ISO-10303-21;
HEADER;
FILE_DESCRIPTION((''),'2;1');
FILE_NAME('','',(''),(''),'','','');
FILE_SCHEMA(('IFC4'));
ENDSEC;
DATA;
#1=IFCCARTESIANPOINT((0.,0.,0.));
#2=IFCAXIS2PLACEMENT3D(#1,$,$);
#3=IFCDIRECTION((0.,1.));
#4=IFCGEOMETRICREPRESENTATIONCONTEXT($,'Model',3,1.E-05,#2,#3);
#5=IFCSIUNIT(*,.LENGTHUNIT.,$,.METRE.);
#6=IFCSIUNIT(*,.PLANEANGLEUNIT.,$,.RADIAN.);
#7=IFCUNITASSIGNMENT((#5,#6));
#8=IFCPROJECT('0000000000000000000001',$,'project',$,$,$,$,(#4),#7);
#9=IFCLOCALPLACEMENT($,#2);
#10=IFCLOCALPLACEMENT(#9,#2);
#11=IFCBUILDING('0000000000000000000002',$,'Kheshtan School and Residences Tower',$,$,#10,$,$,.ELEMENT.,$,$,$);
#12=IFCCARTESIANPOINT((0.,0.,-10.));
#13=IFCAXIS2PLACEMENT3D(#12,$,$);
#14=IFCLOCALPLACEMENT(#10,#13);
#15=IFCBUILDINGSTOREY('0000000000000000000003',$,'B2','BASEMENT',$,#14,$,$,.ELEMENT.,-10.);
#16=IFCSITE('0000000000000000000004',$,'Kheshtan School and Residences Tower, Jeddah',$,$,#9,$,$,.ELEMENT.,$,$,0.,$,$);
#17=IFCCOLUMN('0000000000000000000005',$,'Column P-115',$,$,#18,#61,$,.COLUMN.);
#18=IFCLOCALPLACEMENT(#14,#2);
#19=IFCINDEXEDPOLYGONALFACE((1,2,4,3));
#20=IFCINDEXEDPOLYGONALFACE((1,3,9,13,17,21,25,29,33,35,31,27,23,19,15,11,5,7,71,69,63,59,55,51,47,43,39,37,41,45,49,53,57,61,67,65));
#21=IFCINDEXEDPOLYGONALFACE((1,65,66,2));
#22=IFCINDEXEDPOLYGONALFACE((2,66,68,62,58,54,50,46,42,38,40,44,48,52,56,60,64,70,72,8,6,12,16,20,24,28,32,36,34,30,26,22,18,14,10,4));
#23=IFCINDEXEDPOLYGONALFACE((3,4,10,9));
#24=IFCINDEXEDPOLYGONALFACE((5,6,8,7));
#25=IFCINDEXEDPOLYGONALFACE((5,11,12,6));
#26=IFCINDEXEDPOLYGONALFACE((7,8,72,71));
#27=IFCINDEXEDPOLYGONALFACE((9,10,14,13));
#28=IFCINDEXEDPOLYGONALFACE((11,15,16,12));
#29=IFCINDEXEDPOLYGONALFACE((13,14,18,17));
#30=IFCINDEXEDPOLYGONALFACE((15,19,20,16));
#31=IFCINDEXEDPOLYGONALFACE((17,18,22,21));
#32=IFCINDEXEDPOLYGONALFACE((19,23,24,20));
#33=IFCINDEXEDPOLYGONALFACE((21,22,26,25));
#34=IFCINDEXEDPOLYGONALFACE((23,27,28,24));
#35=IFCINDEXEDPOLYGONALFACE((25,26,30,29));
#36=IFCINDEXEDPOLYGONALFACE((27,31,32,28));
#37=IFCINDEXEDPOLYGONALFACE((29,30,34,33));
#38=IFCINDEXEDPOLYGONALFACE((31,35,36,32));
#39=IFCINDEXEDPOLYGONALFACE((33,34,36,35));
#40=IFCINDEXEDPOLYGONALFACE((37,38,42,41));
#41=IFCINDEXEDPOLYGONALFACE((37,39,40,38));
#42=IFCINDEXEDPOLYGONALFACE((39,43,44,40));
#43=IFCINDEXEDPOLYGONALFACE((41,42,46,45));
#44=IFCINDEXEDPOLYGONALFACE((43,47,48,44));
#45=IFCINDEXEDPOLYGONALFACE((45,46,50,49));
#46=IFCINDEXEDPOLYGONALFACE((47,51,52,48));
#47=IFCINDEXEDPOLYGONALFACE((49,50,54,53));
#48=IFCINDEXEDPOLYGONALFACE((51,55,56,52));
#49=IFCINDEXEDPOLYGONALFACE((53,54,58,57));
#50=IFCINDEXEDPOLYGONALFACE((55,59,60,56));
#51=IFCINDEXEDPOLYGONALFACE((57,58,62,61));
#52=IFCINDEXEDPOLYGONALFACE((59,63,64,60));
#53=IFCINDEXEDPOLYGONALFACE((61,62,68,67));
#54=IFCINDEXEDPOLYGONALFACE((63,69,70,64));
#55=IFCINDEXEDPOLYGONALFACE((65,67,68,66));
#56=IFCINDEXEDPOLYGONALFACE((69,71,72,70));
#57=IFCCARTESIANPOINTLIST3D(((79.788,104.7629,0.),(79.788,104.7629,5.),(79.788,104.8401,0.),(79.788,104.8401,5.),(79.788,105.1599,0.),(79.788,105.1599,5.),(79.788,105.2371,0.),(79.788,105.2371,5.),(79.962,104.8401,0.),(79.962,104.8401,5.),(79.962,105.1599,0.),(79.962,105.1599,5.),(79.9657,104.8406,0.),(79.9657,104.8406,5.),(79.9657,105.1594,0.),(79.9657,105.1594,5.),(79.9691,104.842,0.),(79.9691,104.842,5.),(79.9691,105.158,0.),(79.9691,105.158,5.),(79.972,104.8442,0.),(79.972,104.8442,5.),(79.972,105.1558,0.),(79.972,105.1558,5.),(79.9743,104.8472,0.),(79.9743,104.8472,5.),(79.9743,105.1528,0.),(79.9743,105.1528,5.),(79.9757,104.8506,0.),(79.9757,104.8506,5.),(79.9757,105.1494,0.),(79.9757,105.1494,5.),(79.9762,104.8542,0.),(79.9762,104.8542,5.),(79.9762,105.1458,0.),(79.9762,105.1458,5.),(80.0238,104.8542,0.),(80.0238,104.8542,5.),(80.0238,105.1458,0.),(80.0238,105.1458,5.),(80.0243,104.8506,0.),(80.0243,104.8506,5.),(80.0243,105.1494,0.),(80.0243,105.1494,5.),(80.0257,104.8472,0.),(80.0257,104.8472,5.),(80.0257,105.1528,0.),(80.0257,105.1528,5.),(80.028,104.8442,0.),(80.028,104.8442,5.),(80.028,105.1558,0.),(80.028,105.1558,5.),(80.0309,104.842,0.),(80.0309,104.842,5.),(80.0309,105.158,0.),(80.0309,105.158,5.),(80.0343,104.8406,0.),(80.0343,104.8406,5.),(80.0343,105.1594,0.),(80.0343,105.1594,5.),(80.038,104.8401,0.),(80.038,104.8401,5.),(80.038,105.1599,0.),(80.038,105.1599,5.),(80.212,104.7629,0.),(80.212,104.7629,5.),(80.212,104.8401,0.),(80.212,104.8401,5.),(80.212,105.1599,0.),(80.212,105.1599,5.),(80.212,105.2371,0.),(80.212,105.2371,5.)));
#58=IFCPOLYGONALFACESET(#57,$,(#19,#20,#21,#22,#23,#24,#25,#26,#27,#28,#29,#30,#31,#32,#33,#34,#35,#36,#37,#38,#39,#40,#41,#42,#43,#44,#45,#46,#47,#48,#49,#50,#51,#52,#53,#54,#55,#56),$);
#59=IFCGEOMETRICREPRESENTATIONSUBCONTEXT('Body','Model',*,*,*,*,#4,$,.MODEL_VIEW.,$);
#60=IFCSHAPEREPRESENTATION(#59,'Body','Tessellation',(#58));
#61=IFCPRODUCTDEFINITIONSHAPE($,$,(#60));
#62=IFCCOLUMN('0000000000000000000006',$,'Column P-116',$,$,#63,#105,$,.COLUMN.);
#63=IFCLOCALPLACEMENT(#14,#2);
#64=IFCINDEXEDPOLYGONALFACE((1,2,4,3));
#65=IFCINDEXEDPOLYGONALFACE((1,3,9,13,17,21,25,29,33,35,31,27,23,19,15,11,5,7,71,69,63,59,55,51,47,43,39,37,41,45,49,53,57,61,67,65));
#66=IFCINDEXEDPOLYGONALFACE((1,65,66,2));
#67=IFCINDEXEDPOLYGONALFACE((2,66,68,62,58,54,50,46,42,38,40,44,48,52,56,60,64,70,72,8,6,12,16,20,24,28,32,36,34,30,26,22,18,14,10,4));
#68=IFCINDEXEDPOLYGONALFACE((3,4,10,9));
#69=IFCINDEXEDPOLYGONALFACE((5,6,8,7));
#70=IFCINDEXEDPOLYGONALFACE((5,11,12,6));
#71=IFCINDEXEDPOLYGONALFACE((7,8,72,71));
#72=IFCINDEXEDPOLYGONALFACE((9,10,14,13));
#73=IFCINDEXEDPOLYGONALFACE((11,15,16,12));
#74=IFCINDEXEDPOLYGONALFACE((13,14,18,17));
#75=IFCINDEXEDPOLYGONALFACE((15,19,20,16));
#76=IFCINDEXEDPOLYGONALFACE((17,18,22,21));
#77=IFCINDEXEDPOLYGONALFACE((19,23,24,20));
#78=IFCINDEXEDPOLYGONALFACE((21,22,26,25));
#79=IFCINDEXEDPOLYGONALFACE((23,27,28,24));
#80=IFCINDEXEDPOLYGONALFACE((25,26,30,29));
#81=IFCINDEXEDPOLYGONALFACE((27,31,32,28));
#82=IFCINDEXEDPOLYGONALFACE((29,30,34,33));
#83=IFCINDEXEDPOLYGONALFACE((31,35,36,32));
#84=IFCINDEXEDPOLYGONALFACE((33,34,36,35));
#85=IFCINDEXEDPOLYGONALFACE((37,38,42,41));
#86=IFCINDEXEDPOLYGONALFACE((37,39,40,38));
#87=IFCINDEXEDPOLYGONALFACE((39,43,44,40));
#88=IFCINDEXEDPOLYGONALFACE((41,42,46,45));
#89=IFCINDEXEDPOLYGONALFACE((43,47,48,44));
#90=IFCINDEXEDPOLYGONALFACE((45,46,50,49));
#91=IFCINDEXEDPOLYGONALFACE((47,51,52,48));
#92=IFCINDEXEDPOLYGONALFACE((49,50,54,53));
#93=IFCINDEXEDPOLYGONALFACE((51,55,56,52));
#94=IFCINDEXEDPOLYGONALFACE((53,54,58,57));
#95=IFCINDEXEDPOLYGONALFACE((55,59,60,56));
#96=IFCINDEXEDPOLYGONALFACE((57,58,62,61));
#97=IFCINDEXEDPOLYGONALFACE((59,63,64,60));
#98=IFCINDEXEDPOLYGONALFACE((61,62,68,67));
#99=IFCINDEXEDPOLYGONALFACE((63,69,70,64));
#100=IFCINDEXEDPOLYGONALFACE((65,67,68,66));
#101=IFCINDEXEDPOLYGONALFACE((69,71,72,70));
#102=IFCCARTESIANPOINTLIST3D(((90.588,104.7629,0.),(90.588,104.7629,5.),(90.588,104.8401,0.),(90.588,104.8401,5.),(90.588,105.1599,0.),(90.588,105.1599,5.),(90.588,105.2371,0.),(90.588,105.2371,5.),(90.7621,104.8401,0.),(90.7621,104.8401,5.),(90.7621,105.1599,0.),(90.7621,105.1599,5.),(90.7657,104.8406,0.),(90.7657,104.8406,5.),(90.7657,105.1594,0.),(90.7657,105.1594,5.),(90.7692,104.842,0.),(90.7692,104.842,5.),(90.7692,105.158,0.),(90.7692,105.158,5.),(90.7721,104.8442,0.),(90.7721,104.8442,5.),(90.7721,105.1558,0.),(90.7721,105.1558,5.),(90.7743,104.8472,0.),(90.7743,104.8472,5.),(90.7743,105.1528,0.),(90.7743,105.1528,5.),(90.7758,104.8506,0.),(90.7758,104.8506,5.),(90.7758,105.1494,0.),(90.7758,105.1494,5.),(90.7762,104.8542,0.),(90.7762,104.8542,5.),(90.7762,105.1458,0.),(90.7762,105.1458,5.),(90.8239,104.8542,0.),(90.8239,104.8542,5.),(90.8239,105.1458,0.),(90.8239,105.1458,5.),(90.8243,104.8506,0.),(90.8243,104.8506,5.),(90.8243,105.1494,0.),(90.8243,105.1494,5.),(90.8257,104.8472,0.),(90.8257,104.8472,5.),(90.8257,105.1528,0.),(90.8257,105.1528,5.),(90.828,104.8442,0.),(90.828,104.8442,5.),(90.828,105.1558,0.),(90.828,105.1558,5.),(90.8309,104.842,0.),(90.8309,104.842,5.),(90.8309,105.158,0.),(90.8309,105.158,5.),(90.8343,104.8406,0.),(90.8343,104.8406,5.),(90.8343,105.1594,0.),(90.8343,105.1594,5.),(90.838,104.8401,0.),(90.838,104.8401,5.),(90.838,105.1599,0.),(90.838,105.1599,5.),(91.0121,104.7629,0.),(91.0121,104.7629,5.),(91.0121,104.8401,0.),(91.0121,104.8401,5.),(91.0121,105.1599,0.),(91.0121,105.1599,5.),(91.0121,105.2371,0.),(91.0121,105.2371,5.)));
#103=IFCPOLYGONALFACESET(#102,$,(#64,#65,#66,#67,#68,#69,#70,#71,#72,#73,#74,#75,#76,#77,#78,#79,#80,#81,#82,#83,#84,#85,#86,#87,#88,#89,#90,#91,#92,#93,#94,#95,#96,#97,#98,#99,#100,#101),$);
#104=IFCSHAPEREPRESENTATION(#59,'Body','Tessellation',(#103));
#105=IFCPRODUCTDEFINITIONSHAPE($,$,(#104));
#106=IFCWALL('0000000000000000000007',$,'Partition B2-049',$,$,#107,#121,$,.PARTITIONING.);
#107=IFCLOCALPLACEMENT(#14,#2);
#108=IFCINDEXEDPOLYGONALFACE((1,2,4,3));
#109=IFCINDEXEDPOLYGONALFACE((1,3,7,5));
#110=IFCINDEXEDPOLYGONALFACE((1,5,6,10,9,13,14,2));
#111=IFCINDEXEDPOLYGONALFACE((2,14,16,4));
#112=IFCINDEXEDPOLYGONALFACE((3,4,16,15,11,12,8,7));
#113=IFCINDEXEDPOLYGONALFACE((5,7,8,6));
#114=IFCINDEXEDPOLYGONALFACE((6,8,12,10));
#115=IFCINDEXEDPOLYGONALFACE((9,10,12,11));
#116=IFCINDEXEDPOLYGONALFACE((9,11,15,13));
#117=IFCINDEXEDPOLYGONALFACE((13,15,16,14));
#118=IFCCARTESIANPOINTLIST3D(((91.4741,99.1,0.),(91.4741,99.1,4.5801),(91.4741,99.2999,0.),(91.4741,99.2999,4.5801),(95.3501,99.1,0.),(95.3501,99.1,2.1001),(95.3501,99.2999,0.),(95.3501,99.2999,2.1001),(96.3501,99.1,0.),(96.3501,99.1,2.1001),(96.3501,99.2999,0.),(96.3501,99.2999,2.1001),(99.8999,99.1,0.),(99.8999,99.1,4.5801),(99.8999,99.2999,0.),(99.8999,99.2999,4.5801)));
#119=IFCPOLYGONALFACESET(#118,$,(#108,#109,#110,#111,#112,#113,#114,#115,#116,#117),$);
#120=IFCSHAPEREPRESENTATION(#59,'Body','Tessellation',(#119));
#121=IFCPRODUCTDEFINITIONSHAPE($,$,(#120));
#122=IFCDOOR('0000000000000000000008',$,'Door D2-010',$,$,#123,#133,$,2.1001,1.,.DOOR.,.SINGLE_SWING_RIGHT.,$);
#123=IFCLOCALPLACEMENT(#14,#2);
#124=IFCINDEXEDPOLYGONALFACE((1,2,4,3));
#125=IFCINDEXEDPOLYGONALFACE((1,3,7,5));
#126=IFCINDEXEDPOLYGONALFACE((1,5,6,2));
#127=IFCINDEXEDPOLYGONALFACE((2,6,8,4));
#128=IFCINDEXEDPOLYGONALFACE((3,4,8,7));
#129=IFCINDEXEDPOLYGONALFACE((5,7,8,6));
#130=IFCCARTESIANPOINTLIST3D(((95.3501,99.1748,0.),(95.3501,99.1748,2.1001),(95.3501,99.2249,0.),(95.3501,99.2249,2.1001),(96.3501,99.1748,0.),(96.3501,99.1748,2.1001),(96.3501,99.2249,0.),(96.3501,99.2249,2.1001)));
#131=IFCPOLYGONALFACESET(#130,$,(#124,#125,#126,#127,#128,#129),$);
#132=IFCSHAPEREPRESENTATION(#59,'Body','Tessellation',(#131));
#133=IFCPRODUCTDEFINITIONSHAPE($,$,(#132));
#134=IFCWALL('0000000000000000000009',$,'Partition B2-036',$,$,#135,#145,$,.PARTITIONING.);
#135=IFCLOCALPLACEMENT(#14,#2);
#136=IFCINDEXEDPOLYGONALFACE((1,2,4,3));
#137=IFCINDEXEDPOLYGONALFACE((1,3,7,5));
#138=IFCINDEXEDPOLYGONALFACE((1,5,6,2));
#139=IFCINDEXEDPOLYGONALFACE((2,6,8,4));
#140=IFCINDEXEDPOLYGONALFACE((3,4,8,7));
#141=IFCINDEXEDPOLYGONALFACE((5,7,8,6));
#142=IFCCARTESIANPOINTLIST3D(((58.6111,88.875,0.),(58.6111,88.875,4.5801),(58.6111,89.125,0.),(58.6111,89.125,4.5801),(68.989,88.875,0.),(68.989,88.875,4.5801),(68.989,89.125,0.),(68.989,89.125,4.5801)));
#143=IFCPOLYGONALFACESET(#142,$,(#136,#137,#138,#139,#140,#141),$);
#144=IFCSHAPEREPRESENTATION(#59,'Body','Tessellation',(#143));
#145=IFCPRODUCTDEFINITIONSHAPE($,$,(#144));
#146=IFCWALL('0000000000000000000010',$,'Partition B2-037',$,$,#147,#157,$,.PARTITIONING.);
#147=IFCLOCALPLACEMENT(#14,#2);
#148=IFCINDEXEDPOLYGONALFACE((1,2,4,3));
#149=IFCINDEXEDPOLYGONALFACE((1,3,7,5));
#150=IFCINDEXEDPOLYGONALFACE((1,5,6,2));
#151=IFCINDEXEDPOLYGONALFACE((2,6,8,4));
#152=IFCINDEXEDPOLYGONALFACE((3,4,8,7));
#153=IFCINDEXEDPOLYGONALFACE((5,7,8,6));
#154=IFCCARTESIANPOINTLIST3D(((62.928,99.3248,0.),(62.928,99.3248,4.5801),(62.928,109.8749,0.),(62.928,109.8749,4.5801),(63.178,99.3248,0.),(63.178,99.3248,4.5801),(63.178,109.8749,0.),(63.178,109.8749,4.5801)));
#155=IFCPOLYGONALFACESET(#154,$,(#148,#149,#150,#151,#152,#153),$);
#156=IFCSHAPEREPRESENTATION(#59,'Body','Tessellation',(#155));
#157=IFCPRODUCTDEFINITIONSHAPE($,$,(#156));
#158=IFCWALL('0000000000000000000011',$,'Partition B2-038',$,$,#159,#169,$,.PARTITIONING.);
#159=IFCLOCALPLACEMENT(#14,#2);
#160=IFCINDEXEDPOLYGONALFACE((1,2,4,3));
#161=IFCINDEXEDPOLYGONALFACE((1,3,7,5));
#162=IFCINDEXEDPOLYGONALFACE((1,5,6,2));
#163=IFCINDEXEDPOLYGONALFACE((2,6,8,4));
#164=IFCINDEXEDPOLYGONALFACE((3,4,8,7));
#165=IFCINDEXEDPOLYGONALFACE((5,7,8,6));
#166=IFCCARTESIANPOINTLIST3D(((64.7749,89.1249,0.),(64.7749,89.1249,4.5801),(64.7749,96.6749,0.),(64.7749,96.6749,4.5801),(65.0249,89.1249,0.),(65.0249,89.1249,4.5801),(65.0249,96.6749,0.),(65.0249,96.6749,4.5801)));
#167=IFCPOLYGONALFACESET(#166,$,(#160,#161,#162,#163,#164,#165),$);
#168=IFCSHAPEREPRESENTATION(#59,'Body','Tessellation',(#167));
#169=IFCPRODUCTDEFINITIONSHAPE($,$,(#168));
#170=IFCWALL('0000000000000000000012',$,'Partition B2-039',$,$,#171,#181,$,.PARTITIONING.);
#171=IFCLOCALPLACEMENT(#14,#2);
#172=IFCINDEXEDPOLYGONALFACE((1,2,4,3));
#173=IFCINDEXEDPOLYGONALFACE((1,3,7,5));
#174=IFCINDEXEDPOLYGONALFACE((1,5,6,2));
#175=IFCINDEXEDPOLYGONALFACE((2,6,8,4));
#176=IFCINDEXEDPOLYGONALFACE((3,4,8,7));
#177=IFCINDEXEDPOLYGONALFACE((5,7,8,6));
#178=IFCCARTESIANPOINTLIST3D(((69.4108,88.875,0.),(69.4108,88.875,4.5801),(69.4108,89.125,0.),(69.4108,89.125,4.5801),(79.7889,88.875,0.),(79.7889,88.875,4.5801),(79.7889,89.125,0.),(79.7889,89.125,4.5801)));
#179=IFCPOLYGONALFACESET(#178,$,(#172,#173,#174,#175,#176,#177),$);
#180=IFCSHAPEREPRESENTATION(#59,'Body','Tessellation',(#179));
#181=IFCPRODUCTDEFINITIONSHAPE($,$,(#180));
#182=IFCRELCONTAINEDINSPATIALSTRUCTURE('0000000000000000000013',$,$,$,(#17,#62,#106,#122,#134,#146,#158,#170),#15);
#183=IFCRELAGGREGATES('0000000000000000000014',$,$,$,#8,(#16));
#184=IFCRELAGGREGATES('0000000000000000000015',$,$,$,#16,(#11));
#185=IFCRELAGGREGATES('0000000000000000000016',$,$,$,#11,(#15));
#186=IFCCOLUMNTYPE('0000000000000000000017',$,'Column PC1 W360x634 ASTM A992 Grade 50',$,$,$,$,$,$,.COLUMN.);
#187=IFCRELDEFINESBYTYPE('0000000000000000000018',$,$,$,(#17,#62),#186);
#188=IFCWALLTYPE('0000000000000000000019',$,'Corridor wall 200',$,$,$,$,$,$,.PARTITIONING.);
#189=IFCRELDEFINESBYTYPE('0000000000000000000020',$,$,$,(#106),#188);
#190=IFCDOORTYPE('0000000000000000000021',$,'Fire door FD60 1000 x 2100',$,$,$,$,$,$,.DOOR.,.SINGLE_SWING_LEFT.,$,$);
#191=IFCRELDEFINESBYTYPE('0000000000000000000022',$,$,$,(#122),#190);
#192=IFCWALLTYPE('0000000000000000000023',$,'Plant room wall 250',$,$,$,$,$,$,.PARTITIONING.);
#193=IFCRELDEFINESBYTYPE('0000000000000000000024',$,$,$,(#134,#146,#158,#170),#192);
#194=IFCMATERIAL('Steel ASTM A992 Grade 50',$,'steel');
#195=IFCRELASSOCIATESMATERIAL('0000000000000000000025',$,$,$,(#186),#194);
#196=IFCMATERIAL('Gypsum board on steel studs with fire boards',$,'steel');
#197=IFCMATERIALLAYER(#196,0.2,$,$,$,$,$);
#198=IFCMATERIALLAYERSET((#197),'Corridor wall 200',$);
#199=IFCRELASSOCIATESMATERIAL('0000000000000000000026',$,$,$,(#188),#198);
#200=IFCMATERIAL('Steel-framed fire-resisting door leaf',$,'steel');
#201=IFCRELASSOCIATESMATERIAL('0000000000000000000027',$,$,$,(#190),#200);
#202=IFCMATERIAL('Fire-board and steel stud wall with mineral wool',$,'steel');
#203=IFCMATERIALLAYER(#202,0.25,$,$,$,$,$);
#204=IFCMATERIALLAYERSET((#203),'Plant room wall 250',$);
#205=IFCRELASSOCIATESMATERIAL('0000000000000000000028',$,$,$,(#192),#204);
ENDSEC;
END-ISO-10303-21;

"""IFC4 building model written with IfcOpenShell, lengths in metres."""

from ifc_helpers import new_model, si_unit, direction, frame, frame_2d, origin, origin_2d, place, context, subcontext, project, spatial, rectangle, i_section, extrude, source, transform, mapped, material, layer, layer_set, material_profile, profile_set, type_object, element, fill, save


model = new_model("IFC4")

# Units and contexts
model_context = context("Model", 3, precision=1e-05, world=origin(), true_north=direction((0.0, 1.0)))
body_context = subcontext(model_context, "Body", "Model", "MODEL_VIEW")
ifc_project = project(units=[si_unit("LENGTHUNIT", "METRE"), si_unit("PLANEANGLEUNIT", "RADIAN")], contexts=[model_context])

# Site, building, storey
site_placement = place(None, origin())
site = spatial("IfcSite", under=ifc_project, at=site_placement, Name="Kheshtan School and Residences Tower, Jeddah", CompositionType="ELEMENT", RefElevation=0.0)
building_placement = place(site_placement, origin())
building = spatial("IfcBuilding", under=site, at=building_placement, Name="Kheshtan School and Residences Tower", CompositionType="ELEMENT")
storey_placement = place(building_placement, frame((0.0, 0.0, -10.0)))
storey = spatial("IfcBuildingStorey", under=building, at=storey_placement, Name="B2", Description="BASEMENT", CompositionType="ELEMENT", Elevation=-10.0)

# Columns
ifc_material_1 = material(Name="Steel ASTM A992 Grade 50", Category="steel")
ifc_material_profile = material_profile(ifc_material_1, i_section(OverallWidth=0.4241, OverallDepth=0.4741, WebThickness=0.0476, FlangeThickness=0.0771, FilletRadius=0.0142, at=origin_2d()), Name="W360x634")
ifc_profile_set = profile_set([ifc_material_profile], Name="Steel ASTM A992 Grade 50")
column_type = type_object("IfcColumnType", Name="Column PC1 W360x634 ASTM A992 Grade 50", PredefinedType="COLUMN", material=ifc_profile_set)
for number, where, z_axis, x_axis, name in (
    (1, (80.0, 105.0, 0.0), (0.0, 0.0, 1.0), (1.0, 0.0, 0.0), "Column P-115"),
    (2, (90.8, 105.0, 0.0), (0.0, 0.0, 1.0), (1.0, 0.0, 0.0), "Column P-116"),
):
    element("IfcColumn", number, at=place(storey_placement, frame(where, z_axis=z_axis, x_axis=x_axis)), inside=storey, type_object=column_type, Name=name, PredefinedType="COLUMN", context=body_context, shape_type="SweptSolid", body=[
        extrude(i_section(OverallWidth=0.4241, OverallDepth=0.4741, WebThickness=0.0476, FlangeThickness=0.0771, FilletRadius=0.0142, at=origin_2d()), origin(), (0.0, 0.0, 1.0), 5.0),
    ])

# Wall, opening, door
ifc_material_2 = material(Name="Gypsum board on steel studs with fire boards", Category="steel")
ifc_layer_1 = layer(ifc_material_2, 0.2)
ifc_layer_set_1 = layer_set([ifc_layer_1], Name="Corridor wall 200")
wall_type_1 = type_object("IfcWallType", Name="Corridor wall 200", PredefinedType="PARTITIONING", material=ifc_layer_set_1)
wall_1_placement = place(storey_placement, frame((91.4741, 99.2, 0.0), z_axis=(0.0, 0.0, 1.0), x_axis=(1.0, 0.0, 0.0)))
wall_1 = element("IfcWall", 3, at=wall_1_placement, inside=storey, type_object=wall_type_1, Name="Partition B2-049", PredefinedType="PARTITIONING", context=body_context, shape_type="SweptSolid", body=[
    extrude(rectangle(XDim=8.4258, YDim=0.2, at=frame_2d((4.2129, 0.0))), origin(), (0.0, 0.0, 1.0), 4.5801),
])
opening_placement = place(wall_1_placement, frame((3.876, 0.0, 0.0)))
opening = element("IfcOpeningElement", 4, at=opening_placement, cuts=wall_1, PredefinedType="OPENING", context=body_context, shape_type="SweptSolid", body=[
    extrude(rectangle(XDim=1.0, YDim=2.1001, at=frame_2d((0.5, 1.05))), frame((0.0, 0.1099, 0.0), z_axis=(0.0, -1.0, 0.0), x_axis=(1.0, 0.0, 0.0)), (0.0, 0.0, 1.0), 0.22),
])
ifc_material_3 = material(Name="Steel-framed fire-resisting door leaf", Category="steel")
door_type = type_object("IfcDoorType", Name="Fire door FD60 1000 x 2100", OperationType="SINGLE_SWING_LEFT", PredefinedType="DOOR", material=ifc_material_3)
shared_shape = source(origin(), body_context, "Body", "SweptSolid", [
    extrude(rectangle(XDim=1.0, YDim=2.1001, at=frame_2d((0.5, 1.05))), frame((0.0, 0.0249, 0.0), z_axis=(0.0, -1.0, 0.0), x_axis=(1.0, 0.0, 0.0)), (0.0, 0.0, 1.0), 0.05),
])
door_placement = place(opening_placement, origin())
door = element("IfcDoor", 5, at=door_placement, inside=storey, type_object=door_type, Name="Door D2-010", OperationType="SINGLE_SWING_RIGHT", OverallHeight=2.1001, OverallWidth=1.0, PredefinedType="DOOR", context=body_context, shape_type="MappedRepresentation", body=[
    mapped(shared_shape, transform((0.0, 0.0, 0.0), x_axis=(1.0, 0.0, 0.0), y_axis=(0.0, 1.0, 0.0), z_axis=(0.0, 0.0, 1.0), scale=1.0)),
])
fill(opening, door)

# Walls
ifc_material_4 = material(Name="Fire-board and steel stud wall with mineral wool", Category="steel")
ifc_layer_2 = layer(ifc_material_4, 0.25)
ifc_layer_set_2 = layer_set([ifc_layer_2], Name="Plant room wall 250")
wall_type_2 = type_object("IfcWallType", Name="Plant room wall 250", PredefinedType="PARTITIONING", material=ifc_layer_set_2)
wall_2_placement = place(storey_placement, frame((58.6111, 89.0, 0.0), z_axis=(0.0, 0.0, 1.0), x_axis=(1.0, 0.0, 0.0)))
element("IfcWall", 6, at=wall_2_placement, inside=storey, type_object=wall_type_2, Name="Partition B2-036", PredefinedType="PARTITIONING", context=body_context, shape_type="SweptSolid", body=[
    extrude(rectangle(XDim=10.3779, YDim=0.25, at=frame_2d((5.189, 0.0))), origin(), (0.0, 0.0, 1.0), 4.5801),
])
wall_3_placement = place(storey_placement, frame((63.053, 99.325, 0.0), z_axis=(0.0, 0.0, 1.0), x_axis=(0.0, 1.0, 0.0)))
element("IfcWall", 7, at=wall_3_placement, inside=storey, type_object=wall_type_2, Name="Partition B2-037", PredefinedType="PARTITIONING", context=body_context, shape_type="SweptSolid", body=[
    extrude(rectangle(XDim=10.55, YDim=0.25, at=frame_2d((5.2749, 0.0))), origin(), (0.0, 0.0, 1.0), 4.5801),
])
wall_4_placement = place(storey_placement, frame((64.8999, 89.125, 0.0), z_axis=(0.0, 0.0, 1.0), x_axis=(0.0, 1.0, 0.0)))
element("IfcWall", 8, at=wall_4_placement, inside=storey, type_object=wall_type_2, Name="Partition B2-038", PredefinedType="PARTITIONING", context=body_context, shape_type="SweptSolid", body=[
    extrude(rectangle(XDim=7.55, YDim=0.25, at=frame_2d((3.7749, 0.0))), origin(), (0.0, 0.0, 1.0), 4.5801),
])
wall_5_placement = place(storey_placement, frame((69.4109, 89.0, 0.0), z_axis=(0.0, 0.0, 1.0), x_axis=(1.0, 0.0, 0.0)))
element("IfcWall", 9, at=wall_5_placement, inside=storey, type_object=wall_type_2, Name="Partition B2-039", PredefinedType="PARTITIONING", context=body_context, shape_type="SweptSolid", body=[
    extrude(rectangle(XDim=10.3782, YDim=0.25, at=frame_2d((5.189, 0.0))), origin(), (0.0, 0.0, 1.0), 4.5801),
])

save(model, "model.ifc")
